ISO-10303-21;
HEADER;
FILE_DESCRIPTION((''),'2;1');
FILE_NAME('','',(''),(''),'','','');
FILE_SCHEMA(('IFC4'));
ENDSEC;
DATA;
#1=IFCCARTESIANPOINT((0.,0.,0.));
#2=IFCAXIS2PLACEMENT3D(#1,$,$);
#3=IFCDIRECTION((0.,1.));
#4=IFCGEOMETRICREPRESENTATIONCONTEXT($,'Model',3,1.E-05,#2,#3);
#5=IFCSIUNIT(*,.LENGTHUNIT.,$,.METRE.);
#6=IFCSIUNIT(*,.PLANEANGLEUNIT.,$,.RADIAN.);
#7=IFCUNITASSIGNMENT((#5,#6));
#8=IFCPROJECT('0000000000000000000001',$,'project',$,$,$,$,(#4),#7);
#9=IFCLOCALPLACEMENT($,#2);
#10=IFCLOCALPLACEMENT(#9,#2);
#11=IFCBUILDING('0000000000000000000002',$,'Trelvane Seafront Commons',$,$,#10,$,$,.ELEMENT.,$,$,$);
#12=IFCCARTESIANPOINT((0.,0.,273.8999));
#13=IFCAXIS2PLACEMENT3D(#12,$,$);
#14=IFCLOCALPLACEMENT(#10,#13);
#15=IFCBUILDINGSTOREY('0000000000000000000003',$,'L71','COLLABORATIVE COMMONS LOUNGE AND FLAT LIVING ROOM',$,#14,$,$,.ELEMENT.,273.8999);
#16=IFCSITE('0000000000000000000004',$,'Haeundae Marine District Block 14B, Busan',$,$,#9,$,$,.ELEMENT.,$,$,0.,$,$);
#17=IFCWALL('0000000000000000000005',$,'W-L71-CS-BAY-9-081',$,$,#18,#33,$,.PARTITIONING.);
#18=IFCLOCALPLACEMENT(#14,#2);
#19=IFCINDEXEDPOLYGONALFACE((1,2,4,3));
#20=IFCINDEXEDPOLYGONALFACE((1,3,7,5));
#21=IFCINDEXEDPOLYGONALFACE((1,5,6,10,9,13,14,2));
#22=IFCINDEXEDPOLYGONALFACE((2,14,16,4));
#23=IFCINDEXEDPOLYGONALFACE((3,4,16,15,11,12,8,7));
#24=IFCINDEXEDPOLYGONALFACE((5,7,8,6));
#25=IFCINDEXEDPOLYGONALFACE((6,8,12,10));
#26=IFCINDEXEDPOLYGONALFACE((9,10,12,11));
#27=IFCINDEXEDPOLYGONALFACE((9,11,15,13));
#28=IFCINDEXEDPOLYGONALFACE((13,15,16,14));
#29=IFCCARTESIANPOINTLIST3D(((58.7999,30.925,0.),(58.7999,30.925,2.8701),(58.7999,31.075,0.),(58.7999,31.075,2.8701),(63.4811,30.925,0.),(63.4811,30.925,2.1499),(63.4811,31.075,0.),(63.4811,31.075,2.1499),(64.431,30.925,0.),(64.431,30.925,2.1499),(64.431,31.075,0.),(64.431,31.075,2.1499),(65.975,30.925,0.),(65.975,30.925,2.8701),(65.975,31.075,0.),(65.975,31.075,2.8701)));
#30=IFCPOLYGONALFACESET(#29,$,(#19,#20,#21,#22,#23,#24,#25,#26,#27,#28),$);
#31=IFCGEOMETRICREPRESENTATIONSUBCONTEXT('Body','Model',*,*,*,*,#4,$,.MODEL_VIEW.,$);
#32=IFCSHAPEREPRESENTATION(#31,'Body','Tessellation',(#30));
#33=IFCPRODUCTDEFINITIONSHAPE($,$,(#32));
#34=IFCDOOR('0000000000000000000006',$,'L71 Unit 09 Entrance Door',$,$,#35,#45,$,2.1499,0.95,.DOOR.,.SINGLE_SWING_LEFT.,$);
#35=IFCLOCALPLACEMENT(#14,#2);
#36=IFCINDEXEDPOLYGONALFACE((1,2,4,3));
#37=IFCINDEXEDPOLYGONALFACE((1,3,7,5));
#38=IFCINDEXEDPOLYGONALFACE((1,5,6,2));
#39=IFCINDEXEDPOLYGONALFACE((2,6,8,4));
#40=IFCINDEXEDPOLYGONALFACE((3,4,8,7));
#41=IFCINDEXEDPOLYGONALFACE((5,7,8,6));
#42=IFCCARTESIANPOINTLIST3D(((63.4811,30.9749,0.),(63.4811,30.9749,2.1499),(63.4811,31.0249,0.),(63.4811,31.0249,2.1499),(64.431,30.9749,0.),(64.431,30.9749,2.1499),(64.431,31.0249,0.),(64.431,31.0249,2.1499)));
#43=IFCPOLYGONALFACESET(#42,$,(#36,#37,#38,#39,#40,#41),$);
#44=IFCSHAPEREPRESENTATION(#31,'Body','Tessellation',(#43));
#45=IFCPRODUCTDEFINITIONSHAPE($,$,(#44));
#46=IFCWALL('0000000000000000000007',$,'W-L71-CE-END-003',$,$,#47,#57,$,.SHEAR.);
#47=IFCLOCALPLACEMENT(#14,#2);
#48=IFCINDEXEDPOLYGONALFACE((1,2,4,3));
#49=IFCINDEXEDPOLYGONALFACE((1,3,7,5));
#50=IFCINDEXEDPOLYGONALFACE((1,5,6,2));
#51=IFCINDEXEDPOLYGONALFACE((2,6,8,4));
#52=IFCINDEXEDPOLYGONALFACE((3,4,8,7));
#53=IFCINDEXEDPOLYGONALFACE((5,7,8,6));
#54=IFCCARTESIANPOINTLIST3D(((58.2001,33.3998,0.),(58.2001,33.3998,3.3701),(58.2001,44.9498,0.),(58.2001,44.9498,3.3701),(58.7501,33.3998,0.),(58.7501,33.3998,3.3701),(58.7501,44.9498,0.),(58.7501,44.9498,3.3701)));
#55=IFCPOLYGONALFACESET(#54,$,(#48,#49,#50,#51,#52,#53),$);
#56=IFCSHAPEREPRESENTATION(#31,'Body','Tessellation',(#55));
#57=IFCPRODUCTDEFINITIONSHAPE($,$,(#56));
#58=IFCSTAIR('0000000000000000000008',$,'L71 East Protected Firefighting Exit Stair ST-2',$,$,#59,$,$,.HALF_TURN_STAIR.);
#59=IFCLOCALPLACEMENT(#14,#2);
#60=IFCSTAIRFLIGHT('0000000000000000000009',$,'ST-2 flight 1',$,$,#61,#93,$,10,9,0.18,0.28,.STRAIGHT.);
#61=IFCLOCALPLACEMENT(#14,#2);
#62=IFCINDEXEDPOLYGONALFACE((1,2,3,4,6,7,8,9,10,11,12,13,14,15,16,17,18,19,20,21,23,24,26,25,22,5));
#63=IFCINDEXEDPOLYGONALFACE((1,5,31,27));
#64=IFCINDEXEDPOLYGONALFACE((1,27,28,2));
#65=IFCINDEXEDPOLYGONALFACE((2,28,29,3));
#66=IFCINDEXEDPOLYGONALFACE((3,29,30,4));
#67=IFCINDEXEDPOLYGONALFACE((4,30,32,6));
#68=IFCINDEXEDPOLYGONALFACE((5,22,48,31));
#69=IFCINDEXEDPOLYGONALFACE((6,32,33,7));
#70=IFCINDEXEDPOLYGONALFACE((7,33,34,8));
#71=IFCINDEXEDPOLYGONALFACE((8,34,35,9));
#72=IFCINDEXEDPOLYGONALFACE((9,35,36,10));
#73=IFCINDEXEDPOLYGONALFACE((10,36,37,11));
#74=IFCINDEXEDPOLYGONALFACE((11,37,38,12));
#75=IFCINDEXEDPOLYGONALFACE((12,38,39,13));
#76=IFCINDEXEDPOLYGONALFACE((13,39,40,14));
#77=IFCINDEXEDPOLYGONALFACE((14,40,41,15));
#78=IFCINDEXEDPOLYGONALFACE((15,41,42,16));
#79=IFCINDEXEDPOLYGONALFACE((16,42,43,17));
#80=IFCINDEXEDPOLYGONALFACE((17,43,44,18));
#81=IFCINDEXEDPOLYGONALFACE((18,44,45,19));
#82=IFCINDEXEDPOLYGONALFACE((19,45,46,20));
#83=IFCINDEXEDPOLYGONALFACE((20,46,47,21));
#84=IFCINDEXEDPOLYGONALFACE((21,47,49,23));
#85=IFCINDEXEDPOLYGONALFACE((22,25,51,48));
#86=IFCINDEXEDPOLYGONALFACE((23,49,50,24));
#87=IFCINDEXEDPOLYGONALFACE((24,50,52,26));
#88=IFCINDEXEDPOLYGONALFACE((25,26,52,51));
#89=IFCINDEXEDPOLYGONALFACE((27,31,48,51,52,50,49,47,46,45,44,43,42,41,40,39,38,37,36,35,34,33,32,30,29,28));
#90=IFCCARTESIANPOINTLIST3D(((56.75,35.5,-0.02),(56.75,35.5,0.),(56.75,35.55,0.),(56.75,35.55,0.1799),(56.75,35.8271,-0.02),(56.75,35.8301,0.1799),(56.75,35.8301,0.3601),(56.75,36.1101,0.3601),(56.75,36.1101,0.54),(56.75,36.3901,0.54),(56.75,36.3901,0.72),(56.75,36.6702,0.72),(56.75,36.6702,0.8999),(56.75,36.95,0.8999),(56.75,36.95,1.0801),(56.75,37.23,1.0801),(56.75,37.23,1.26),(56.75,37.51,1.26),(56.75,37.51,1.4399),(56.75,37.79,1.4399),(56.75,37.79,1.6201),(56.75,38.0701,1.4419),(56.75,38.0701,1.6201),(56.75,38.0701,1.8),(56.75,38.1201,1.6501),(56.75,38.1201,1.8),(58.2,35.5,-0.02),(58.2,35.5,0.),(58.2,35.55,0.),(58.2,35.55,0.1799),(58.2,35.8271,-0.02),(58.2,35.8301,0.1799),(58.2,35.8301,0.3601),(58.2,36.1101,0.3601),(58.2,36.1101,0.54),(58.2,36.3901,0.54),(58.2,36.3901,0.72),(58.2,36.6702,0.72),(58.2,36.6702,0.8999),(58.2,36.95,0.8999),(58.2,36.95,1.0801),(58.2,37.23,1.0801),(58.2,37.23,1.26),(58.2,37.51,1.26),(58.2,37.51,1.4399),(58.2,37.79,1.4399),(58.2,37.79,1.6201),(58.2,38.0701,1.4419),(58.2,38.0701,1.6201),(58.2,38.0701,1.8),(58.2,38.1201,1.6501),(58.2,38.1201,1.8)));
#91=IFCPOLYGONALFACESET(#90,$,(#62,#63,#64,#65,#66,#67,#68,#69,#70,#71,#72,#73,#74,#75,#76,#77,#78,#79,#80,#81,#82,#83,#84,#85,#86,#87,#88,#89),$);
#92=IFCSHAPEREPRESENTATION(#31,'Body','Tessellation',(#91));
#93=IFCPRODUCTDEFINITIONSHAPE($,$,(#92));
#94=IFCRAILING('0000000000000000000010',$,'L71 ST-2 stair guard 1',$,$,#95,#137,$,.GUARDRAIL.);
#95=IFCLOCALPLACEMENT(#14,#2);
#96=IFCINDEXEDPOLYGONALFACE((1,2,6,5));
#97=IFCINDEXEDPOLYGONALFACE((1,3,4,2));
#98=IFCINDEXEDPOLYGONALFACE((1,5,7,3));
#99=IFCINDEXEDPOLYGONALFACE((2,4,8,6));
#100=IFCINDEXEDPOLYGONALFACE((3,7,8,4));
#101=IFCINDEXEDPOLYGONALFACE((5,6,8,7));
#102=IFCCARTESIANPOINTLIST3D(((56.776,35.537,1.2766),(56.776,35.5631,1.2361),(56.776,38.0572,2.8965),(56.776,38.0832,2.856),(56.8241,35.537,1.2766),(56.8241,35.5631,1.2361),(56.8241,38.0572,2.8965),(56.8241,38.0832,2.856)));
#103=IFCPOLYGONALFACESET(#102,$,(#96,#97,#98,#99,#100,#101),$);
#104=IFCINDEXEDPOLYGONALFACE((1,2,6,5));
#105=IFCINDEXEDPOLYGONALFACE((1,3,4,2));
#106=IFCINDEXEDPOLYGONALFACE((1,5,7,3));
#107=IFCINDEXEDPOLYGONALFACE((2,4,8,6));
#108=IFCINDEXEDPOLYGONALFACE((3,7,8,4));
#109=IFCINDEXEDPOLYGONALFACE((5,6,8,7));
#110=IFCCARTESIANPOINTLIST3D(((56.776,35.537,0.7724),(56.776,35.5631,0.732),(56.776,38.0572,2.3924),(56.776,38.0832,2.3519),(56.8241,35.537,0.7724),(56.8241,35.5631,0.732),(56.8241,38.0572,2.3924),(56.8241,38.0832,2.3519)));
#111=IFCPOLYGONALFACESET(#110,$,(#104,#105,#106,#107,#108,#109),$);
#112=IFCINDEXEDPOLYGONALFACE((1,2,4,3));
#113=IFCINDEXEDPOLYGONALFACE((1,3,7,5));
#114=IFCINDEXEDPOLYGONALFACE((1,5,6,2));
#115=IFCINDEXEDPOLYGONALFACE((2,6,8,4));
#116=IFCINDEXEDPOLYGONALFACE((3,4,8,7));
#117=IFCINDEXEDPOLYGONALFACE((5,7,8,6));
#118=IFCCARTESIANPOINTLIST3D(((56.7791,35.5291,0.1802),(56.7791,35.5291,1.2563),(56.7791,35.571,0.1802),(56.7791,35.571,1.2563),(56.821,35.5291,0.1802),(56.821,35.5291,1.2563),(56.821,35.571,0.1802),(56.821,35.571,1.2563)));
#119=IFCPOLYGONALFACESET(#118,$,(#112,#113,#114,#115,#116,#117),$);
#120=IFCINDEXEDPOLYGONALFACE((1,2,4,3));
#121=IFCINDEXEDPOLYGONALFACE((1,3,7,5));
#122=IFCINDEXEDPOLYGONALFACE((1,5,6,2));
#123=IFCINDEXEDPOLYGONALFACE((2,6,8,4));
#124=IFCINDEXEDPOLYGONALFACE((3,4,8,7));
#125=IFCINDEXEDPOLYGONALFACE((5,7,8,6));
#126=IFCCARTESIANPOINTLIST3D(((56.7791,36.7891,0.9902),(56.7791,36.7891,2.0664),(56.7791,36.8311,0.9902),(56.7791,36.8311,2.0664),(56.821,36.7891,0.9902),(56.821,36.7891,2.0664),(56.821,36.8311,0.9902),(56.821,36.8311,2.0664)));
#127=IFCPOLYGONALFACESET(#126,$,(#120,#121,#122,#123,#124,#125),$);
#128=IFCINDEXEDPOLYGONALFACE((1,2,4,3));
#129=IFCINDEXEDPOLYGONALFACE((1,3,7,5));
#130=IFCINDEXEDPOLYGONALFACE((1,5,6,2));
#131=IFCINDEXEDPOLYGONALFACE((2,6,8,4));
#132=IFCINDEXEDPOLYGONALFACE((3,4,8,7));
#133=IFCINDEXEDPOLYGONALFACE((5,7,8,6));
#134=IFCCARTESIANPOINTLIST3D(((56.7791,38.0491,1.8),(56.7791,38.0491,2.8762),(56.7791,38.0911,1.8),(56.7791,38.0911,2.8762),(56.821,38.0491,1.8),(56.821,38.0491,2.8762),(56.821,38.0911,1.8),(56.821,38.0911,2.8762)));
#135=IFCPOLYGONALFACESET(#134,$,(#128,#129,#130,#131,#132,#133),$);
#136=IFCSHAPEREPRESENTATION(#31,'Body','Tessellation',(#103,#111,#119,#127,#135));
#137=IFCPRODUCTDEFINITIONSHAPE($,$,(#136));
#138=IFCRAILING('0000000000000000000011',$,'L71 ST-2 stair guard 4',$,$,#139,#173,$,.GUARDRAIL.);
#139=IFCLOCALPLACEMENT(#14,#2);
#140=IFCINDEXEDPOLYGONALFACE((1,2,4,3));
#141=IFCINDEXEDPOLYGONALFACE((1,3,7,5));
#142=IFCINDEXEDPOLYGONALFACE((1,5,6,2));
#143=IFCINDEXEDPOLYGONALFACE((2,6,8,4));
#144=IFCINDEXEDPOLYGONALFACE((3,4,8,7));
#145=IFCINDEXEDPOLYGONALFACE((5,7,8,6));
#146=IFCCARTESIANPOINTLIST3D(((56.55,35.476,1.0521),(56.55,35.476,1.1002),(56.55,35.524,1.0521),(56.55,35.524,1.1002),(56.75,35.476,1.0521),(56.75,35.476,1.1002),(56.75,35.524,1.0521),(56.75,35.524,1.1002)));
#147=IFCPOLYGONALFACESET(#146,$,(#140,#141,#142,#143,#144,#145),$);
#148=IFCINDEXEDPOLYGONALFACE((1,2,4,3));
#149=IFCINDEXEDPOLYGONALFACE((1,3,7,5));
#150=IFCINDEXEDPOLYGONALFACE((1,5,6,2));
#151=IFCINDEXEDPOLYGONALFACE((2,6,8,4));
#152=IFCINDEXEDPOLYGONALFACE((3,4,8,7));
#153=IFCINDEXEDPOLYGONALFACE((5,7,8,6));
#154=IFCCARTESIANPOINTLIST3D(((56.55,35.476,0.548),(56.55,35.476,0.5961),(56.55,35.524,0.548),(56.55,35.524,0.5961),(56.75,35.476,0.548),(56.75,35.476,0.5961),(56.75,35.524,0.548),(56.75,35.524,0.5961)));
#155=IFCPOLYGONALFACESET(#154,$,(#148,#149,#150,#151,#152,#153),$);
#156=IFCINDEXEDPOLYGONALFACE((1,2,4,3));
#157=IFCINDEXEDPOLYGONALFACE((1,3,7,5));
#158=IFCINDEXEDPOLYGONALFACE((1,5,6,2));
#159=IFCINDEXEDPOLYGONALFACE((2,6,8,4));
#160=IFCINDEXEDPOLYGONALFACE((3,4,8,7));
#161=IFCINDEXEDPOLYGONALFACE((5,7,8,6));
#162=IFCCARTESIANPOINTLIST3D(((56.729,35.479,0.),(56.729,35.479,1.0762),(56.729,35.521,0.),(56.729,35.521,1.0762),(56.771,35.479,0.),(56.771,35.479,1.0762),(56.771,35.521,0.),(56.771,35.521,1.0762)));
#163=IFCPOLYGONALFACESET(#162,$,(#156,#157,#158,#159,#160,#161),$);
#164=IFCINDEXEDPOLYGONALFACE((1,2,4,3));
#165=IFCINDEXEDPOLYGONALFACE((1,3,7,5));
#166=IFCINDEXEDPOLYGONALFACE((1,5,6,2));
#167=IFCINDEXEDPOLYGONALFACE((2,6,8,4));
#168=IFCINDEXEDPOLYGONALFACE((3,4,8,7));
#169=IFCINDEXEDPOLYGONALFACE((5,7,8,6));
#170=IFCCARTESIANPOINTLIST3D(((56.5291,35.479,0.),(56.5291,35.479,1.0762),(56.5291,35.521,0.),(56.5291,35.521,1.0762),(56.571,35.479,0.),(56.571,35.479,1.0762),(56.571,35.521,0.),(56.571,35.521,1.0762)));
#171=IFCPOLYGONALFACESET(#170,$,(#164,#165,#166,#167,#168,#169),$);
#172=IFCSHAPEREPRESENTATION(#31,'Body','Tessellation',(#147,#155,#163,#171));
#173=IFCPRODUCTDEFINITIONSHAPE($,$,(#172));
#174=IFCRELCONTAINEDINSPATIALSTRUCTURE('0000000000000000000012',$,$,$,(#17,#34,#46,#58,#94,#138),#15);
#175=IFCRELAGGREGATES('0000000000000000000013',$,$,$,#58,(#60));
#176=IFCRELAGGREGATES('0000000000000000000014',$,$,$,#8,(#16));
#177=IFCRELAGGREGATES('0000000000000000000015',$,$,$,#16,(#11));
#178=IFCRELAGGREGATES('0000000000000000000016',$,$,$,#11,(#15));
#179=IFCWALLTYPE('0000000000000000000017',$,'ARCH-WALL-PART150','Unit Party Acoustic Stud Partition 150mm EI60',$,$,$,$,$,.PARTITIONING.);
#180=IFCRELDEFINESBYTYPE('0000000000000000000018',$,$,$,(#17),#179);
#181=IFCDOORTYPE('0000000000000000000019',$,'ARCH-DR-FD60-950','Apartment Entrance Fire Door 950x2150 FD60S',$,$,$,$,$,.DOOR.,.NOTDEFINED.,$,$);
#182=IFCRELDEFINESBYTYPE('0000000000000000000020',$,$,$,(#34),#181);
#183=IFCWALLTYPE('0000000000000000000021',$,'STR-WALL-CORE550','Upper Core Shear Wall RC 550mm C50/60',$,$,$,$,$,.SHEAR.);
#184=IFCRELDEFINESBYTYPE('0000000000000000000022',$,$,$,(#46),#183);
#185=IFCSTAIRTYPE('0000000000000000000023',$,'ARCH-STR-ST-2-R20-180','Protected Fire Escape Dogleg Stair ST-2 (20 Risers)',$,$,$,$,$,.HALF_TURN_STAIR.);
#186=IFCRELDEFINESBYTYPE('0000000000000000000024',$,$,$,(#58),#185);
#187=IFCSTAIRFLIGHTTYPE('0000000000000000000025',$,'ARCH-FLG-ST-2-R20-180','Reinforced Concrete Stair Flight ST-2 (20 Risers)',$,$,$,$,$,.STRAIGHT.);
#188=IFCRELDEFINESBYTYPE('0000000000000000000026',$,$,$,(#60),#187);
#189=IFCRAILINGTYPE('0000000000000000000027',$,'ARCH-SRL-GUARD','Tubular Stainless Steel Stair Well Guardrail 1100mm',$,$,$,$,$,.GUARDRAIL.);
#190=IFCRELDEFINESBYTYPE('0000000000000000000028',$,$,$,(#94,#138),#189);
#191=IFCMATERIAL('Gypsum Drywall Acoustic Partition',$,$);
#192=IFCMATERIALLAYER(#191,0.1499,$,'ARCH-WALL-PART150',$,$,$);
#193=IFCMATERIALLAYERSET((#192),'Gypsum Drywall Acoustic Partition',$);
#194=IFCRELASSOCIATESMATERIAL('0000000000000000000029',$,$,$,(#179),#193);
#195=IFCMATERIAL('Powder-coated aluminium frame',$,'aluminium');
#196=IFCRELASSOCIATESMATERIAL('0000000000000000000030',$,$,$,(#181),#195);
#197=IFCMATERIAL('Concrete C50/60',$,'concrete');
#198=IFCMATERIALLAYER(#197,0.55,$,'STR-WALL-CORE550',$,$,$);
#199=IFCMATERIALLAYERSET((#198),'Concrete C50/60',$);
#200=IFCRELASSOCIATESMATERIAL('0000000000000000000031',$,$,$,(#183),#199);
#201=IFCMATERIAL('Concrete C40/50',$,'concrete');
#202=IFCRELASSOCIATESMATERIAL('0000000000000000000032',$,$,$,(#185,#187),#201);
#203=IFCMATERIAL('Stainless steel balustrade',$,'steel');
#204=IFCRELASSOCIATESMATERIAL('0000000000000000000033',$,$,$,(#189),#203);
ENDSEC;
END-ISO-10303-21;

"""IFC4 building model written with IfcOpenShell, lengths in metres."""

from ifc_helpers import new_model, si_unit, direction, frame, frame_2d, origin, origin_2d, place, context, subcontext, project, spatial, polyline, rectangle, outline, extrude, source, transform, mapped, material, layer, layer_set, type_object, element, fill, aggregate, save


model = new_model("IFC4")

# Units and contexts
model_context = context("Model", 3, precision=1e-05, world=origin(), true_north=direction((0.0, 1.0)))
body_context = subcontext(model_context, "Body", "Model", "MODEL_VIEW")
ifc_project = project(units=[si_unit("LENGTHUNIT", "METRE"), si_unit("PLANEANGLEUNIT", "RADIAN")], contexts=[model_context])

# Site, building, storey
site_placement = place(None, origin())
site = spatial("IfcSite", under=ifc_project, at=site_placement, Name="Haeundae Marine District Block 14B, Busan", CompositionType="ELEMENT", RefElevation=0.0)
building_placement = place(site_placement, origin())
building = spatial("IfcBuilding", under=site, at=building_placement, Name="Trelvane Seafront Commons", CompositionType="ELEMENT")
storey_placement = place(building_placement, frame((0.0, 0.0, 273.8999)))
storey = spatial("IfcBuildingStorey", under=building, at=storey_placement, Name="L71", Description="COLLABORATIVE COMMONS LOUNGE AND FLAT LIVING ROOM", CompositionType="ELEMENT", Elevation=273.8999)

# Shared definitions
ifc_material_1 = material(Name="Concrete C50/60", Category="concrete")

# Shared definitions
ifc_material_2 = material(Name="Gypsum Drywall Acoustic Partition")
shared_shape_1 = source(origin(), body_context, "Body", "SweptSolid", [
    extrude(rectangle(XDim=0.95, YDim=2.1499, at=frame_2d((0.4751, 1.075))), frame((0.0, 0.0249, 0.0), z_axis=(0.0, -1.0, 0.0), x_axis=(1.0, 0.0, 0.0)), (0.0, 0.0, 1.0), 0.05),
])

# Wall, opening, door
ifc_layer_1 = layer(ifc_material_2, 0.1499, Name="ARCH-WALL-PART150")
ifc_layer_set_1 = layer_set([ifc_layer_1], Name="Gypsum Drywall Acoustic Partition")
wall_type_1 = type_object("IfcWallType", Name="ARCH-WALL-PART150", Description="Unit Party Acoustic Stud Partition 150mm EI60", PredefinedType="PARTITIONING", material=ifc_layer_set_1)
ifc_material_3 = material(Name="Powder-coated aluminium frame", Category="aluminium")
door_type_1 = type_object("IfcDoorType", Name="ARCH-DR-FD60-950", Description="Apartment Entrance Fire Door 950x2150 FD60S", OperationType="NOTDEFINED", PredefinedType="DOOR", material=ifc_material_3)
wall_1_placement = place(storey_placement, frame((58.8, 31.0, 0.0), z_axis=(0.0, 0.0, 1.0), x_axis=(1.0, 0.0, 0.0)))
wall_1 = element("IfcWall", 1, at=wall_1_placement, inside=storey, type_object=wall_type_1, Name="W-L71-CS-BAY-9-081", PredefinedType="PARTITIONING", context=body_context, shape_type="SweptSolid", body=[
    extrude(rectangle(XDim=7.175, YDim=0.1499, at=frame_2d((3.5874, 0.0))), origin(), (0.0, 0.0, 1.0), 2.8701),
])
opening_1_placement = place(wall_1_placement, frame((4.6809, 0.0, 0.0)))
opening_1 = element("IfcOpeningElement", 2, at=opening_1_placement, cuts=wall_1, PredefinedType="OPENING", context=body_context, shape_type="SweptSolid", body=[
    extrude(rectangle(XDim=0.95, YDim=2.1499, at=frame_2d((0.4751, 1.075))), frame((0.0, 0.085, 0.0), z_axis=(0.0, -1.0, 0.0), x_axis=(1.0, 0.0, 0.0)), (0.0, 0.0, 1.0), 0.1699),
])
door_1_placement = place(opening_1_placement, origin())
door_1 = element("IfcDoor", 3, at=door_1_placement, inside=storey, type_object=door_type_1, Name="L71 Unit 09 Entrance Door", OperationType="SINGLE_SWING_LEFT", OverallHeight=2.1499, OverallWidth=0.95, PredefinedType="DOOR", context=body_context, shape_type="MappedRepresentation", body=[
    mapped(shared_shape_1, transform((0.0, 0.0, 0.0), x_axis=(1.0, 0.0, 0.0), y_axis=(0.0, 1.0, 0.0), z_axis=(0.0, 0.0, 1.0), scale=1.0)),
])
fill(opening_1, door_1)

# Wall
ifc_layer_2 = layer(ifc_material_1, 0.55, Name="STR-WALL-CORE550")
ifc_layer_set_2 = layer_set([ifc_layer_2], Name="Concrete C50/60")
wall_type_2 = type_object("IfcWallType", Name="STR-WALL-CORE550", Description="Upper Core Shear Wall RC 550mm C50/60", PredefinedType="SHEAR", material=ifc_layer_set_2)
wall_2_placement = place(storey_placement, frame((58.4751, 33.3999, 0.0), z_axis=(0.0, 0.0, 1.0), x_axis=(0.0, 1.0, 0.0)))
element("IfcWall", 4, at=wall_2_placement, inside=storey, type_object=wall_type_2, Name="W-L71-CE-END-003", PredefinedType="SHEAR", context=body_context, shape_type="SweptSolid", body=[
    extrude(rectangle(XDim=11.55, YDim=0.55, at=frame_2d((5.7749, 0.0))), origin(), (0.0, 0.0, 1.0), 3.3701),
])

# Stair, stair flight
ifc_material_4 = material(Name="Concrete C40/50", Category="concrete")
stair_type = type_object("IfcStairType", Name="ARCH-STR-ST-2-R20-180", Description="Protected Fire Escape Dogleg Stair ST-2 (20 Risers)", PredefinedType="HALF_TURN_STAIR", material=ifc_material_4)
stair_placement = place(storey_placement, origin())
stair = element("IfcStair", 5, at=stair_placement, inside=storey, type_object=stair_type, Name="L71 East Protected Firefighting Exit Stair ST-2", PredefinedType="HALF_TURN_STAIR")
stair_flight_type = type_object("IfcStairFlightType", Name="ARCH-FLG-ST-2-R20-180", Description="Reinforced Concrete Stair Flight ST-2 (20 Risers)", PredefinedType="STRAIGHT", material=ifc_material_4)
shared_shape_2 = source(origin(), body_context, "Body", "SweptSolid", [
    extrude(outline(polyline([(-0.05, -0.02), (-0.05, 0.0), (0.0, 0.0), (0.0, 0.1799), (0.28, 0.1799), (0.28, 0.3601), (0.5601, 0.3601), (0.5601, 0.54), (0.8401, 0.54), (0.8401, 0.72), (1.1201, 0.72), (1.1201, 0.8999), (1.3999, 0.8999), (1.3999, 1.0801), (1.6799, 1.0801), (1.6799, 1.26), (1.96, 1.26), (1.96, 1.4399), (2.24, 1.4399), (2.24, 1.6201), (2.52, 1.6201), (2.52, 1.8), (2.5701, 1.8), (2.5701, 1.6501), (2.52, 1.4419), (0.2771, -0.02), (-0.05, -0.02)])), frame((0.0, 0.7251, 0.0), z_axis=(0.0, -1.0, 0.0), x_axis=(1.0, 0.0, 0.0)), (0.0, 0.0, 1.0), 1.45),
])
stair_flight_placement = place(storey_placement, frame((57.4751, 35.55, 0.0), z_axis=(0.0, 0.0, 1.0), x_axis=(0.0, 1.0, 0.0)))
stair_flight = element("IfcStairFlight", 6, at=stair_flight_placement, type_object=stair_flight_type, Name="ST-2 flight 1", NumberOfRisers=10, NumberOfTreads=9, PredefinedType="STRAIGHT", RiserHeight=0.18, TreadLength=0.28, context=body_context, shape_type="MappedRepresentation", body=[
    mapped(shared_shape_2, transform((0.0, 0.0, 0.0), x_axis=(1.0, 0.0, 0.0), y_axis=(0.0, 1.0, 0.0), z_axis=(0.0, 0.0, 1.0), scale=1.0)),
])
aggregate(stair, [stair_flight])

# Railings
ifc_material_5 = material(Name="Stainless steel balustrade", Category="steel")
railing_type_1 = type_object("IfcRailingType", Name="ARCH-SRL-GUARD", Description="Tubular Stainless Steel Stair Well Guardrail 1100mm", PredefinedType="GUARDRAIL", material=ifc_material_5)
railing_1_placement = place(storey_placement, frame((56.8, 35.55, 0.1802)))
element("IfcRailing", 7, at=railing_1_placement, inside=storey, type_object=railing_type_1, Name="L71 ST-2 stair guard 1", PredefinedType="GUARDRAIL", context=body_context, shape_type="SweptSolid", body=[
    extrude(rectangle(XDim=0.0481, YDim=0.0481, at=origin_2d()), frame((0.0, 0.0, 1.0762), z_axis=(0.0, 0.8412, 0.540725), x_axis=(-1.0, 0.0, 0.0)), (0.0, 0.0, 1.0), 2.9958),
    extrude(rectangle(XDim=0.0481, YDim=0.0481, at=origin_2d()), frame((0.0, 0.0, 0.572), z_axis=(0.0, 0.8412, 0.540725), x_axis=(-1.0, 0.0, 0.0)), (0.0, 0.0, 1.0), 2.9958),
    extrude(rectangle(XDim=0.042, YDim=0.042, at=origin_2d()), origin(), (0.0, 0.0, 1.0), 1.0762),
    extrude(rectangle(XDim=0.042, YDim=0.042, at=origin_2d()), frame((0.0, 1.26, 0.8101)), (0.0, 0.0, 1.0), 1.0762),
    extrude(rectangle(XDim=0.042, YDim=0.042, at=origin_2d()), frame((0.0, 2.52, 1.6199)), (0.0, 0.0, 1.0), 1.0762),
])
railing_2_placement = place(storey_placement, frame((56.75, 35.5, 0.0)))
element("IfcRailing", 8, at=railing_2_placement, inside=storey, type_object=railing_type_1, Name="L71 ST-2 stair guard 4", PredefinedType="GUARDRAIL", context=body_context, shape_type="SweptSolid", body=[
    extrude(rectangle(XDim=0.0481, YDim=0.0481, at=origin_2d()), frame((0.0, 0.0, 1.0762), z_axis=(-1.0, 0.0, 0.0), x_axis=(0.0, -1.0, 0.0)), (0.0, 0.0, 1.0), 0.2),
    extrude(rectangle(XDim=0.0481, YDim=0.0481, at=origin_2d()), frame((0.0, 0.0, 0.572), z_axis=(-1.0, 0.0, 0.0), x_axis=(0.0, -1.0, 0.0)), (0.0, 0.0, 1.0), 0.2),
    extrude(rectangle(XDim=0.042, YDim=0.042, at=origin_2d()), origin(), (0.0, 0.0, 1.0), 1.0762),
    extrude(rectangle(XDim=0.042, YDim=0.042, at=origin_2d()), frame((-0.2, 0.0, 0.0)), (0.0, 0.0, 1.0), 1.0762),
])

save(model, "model.ifc")
